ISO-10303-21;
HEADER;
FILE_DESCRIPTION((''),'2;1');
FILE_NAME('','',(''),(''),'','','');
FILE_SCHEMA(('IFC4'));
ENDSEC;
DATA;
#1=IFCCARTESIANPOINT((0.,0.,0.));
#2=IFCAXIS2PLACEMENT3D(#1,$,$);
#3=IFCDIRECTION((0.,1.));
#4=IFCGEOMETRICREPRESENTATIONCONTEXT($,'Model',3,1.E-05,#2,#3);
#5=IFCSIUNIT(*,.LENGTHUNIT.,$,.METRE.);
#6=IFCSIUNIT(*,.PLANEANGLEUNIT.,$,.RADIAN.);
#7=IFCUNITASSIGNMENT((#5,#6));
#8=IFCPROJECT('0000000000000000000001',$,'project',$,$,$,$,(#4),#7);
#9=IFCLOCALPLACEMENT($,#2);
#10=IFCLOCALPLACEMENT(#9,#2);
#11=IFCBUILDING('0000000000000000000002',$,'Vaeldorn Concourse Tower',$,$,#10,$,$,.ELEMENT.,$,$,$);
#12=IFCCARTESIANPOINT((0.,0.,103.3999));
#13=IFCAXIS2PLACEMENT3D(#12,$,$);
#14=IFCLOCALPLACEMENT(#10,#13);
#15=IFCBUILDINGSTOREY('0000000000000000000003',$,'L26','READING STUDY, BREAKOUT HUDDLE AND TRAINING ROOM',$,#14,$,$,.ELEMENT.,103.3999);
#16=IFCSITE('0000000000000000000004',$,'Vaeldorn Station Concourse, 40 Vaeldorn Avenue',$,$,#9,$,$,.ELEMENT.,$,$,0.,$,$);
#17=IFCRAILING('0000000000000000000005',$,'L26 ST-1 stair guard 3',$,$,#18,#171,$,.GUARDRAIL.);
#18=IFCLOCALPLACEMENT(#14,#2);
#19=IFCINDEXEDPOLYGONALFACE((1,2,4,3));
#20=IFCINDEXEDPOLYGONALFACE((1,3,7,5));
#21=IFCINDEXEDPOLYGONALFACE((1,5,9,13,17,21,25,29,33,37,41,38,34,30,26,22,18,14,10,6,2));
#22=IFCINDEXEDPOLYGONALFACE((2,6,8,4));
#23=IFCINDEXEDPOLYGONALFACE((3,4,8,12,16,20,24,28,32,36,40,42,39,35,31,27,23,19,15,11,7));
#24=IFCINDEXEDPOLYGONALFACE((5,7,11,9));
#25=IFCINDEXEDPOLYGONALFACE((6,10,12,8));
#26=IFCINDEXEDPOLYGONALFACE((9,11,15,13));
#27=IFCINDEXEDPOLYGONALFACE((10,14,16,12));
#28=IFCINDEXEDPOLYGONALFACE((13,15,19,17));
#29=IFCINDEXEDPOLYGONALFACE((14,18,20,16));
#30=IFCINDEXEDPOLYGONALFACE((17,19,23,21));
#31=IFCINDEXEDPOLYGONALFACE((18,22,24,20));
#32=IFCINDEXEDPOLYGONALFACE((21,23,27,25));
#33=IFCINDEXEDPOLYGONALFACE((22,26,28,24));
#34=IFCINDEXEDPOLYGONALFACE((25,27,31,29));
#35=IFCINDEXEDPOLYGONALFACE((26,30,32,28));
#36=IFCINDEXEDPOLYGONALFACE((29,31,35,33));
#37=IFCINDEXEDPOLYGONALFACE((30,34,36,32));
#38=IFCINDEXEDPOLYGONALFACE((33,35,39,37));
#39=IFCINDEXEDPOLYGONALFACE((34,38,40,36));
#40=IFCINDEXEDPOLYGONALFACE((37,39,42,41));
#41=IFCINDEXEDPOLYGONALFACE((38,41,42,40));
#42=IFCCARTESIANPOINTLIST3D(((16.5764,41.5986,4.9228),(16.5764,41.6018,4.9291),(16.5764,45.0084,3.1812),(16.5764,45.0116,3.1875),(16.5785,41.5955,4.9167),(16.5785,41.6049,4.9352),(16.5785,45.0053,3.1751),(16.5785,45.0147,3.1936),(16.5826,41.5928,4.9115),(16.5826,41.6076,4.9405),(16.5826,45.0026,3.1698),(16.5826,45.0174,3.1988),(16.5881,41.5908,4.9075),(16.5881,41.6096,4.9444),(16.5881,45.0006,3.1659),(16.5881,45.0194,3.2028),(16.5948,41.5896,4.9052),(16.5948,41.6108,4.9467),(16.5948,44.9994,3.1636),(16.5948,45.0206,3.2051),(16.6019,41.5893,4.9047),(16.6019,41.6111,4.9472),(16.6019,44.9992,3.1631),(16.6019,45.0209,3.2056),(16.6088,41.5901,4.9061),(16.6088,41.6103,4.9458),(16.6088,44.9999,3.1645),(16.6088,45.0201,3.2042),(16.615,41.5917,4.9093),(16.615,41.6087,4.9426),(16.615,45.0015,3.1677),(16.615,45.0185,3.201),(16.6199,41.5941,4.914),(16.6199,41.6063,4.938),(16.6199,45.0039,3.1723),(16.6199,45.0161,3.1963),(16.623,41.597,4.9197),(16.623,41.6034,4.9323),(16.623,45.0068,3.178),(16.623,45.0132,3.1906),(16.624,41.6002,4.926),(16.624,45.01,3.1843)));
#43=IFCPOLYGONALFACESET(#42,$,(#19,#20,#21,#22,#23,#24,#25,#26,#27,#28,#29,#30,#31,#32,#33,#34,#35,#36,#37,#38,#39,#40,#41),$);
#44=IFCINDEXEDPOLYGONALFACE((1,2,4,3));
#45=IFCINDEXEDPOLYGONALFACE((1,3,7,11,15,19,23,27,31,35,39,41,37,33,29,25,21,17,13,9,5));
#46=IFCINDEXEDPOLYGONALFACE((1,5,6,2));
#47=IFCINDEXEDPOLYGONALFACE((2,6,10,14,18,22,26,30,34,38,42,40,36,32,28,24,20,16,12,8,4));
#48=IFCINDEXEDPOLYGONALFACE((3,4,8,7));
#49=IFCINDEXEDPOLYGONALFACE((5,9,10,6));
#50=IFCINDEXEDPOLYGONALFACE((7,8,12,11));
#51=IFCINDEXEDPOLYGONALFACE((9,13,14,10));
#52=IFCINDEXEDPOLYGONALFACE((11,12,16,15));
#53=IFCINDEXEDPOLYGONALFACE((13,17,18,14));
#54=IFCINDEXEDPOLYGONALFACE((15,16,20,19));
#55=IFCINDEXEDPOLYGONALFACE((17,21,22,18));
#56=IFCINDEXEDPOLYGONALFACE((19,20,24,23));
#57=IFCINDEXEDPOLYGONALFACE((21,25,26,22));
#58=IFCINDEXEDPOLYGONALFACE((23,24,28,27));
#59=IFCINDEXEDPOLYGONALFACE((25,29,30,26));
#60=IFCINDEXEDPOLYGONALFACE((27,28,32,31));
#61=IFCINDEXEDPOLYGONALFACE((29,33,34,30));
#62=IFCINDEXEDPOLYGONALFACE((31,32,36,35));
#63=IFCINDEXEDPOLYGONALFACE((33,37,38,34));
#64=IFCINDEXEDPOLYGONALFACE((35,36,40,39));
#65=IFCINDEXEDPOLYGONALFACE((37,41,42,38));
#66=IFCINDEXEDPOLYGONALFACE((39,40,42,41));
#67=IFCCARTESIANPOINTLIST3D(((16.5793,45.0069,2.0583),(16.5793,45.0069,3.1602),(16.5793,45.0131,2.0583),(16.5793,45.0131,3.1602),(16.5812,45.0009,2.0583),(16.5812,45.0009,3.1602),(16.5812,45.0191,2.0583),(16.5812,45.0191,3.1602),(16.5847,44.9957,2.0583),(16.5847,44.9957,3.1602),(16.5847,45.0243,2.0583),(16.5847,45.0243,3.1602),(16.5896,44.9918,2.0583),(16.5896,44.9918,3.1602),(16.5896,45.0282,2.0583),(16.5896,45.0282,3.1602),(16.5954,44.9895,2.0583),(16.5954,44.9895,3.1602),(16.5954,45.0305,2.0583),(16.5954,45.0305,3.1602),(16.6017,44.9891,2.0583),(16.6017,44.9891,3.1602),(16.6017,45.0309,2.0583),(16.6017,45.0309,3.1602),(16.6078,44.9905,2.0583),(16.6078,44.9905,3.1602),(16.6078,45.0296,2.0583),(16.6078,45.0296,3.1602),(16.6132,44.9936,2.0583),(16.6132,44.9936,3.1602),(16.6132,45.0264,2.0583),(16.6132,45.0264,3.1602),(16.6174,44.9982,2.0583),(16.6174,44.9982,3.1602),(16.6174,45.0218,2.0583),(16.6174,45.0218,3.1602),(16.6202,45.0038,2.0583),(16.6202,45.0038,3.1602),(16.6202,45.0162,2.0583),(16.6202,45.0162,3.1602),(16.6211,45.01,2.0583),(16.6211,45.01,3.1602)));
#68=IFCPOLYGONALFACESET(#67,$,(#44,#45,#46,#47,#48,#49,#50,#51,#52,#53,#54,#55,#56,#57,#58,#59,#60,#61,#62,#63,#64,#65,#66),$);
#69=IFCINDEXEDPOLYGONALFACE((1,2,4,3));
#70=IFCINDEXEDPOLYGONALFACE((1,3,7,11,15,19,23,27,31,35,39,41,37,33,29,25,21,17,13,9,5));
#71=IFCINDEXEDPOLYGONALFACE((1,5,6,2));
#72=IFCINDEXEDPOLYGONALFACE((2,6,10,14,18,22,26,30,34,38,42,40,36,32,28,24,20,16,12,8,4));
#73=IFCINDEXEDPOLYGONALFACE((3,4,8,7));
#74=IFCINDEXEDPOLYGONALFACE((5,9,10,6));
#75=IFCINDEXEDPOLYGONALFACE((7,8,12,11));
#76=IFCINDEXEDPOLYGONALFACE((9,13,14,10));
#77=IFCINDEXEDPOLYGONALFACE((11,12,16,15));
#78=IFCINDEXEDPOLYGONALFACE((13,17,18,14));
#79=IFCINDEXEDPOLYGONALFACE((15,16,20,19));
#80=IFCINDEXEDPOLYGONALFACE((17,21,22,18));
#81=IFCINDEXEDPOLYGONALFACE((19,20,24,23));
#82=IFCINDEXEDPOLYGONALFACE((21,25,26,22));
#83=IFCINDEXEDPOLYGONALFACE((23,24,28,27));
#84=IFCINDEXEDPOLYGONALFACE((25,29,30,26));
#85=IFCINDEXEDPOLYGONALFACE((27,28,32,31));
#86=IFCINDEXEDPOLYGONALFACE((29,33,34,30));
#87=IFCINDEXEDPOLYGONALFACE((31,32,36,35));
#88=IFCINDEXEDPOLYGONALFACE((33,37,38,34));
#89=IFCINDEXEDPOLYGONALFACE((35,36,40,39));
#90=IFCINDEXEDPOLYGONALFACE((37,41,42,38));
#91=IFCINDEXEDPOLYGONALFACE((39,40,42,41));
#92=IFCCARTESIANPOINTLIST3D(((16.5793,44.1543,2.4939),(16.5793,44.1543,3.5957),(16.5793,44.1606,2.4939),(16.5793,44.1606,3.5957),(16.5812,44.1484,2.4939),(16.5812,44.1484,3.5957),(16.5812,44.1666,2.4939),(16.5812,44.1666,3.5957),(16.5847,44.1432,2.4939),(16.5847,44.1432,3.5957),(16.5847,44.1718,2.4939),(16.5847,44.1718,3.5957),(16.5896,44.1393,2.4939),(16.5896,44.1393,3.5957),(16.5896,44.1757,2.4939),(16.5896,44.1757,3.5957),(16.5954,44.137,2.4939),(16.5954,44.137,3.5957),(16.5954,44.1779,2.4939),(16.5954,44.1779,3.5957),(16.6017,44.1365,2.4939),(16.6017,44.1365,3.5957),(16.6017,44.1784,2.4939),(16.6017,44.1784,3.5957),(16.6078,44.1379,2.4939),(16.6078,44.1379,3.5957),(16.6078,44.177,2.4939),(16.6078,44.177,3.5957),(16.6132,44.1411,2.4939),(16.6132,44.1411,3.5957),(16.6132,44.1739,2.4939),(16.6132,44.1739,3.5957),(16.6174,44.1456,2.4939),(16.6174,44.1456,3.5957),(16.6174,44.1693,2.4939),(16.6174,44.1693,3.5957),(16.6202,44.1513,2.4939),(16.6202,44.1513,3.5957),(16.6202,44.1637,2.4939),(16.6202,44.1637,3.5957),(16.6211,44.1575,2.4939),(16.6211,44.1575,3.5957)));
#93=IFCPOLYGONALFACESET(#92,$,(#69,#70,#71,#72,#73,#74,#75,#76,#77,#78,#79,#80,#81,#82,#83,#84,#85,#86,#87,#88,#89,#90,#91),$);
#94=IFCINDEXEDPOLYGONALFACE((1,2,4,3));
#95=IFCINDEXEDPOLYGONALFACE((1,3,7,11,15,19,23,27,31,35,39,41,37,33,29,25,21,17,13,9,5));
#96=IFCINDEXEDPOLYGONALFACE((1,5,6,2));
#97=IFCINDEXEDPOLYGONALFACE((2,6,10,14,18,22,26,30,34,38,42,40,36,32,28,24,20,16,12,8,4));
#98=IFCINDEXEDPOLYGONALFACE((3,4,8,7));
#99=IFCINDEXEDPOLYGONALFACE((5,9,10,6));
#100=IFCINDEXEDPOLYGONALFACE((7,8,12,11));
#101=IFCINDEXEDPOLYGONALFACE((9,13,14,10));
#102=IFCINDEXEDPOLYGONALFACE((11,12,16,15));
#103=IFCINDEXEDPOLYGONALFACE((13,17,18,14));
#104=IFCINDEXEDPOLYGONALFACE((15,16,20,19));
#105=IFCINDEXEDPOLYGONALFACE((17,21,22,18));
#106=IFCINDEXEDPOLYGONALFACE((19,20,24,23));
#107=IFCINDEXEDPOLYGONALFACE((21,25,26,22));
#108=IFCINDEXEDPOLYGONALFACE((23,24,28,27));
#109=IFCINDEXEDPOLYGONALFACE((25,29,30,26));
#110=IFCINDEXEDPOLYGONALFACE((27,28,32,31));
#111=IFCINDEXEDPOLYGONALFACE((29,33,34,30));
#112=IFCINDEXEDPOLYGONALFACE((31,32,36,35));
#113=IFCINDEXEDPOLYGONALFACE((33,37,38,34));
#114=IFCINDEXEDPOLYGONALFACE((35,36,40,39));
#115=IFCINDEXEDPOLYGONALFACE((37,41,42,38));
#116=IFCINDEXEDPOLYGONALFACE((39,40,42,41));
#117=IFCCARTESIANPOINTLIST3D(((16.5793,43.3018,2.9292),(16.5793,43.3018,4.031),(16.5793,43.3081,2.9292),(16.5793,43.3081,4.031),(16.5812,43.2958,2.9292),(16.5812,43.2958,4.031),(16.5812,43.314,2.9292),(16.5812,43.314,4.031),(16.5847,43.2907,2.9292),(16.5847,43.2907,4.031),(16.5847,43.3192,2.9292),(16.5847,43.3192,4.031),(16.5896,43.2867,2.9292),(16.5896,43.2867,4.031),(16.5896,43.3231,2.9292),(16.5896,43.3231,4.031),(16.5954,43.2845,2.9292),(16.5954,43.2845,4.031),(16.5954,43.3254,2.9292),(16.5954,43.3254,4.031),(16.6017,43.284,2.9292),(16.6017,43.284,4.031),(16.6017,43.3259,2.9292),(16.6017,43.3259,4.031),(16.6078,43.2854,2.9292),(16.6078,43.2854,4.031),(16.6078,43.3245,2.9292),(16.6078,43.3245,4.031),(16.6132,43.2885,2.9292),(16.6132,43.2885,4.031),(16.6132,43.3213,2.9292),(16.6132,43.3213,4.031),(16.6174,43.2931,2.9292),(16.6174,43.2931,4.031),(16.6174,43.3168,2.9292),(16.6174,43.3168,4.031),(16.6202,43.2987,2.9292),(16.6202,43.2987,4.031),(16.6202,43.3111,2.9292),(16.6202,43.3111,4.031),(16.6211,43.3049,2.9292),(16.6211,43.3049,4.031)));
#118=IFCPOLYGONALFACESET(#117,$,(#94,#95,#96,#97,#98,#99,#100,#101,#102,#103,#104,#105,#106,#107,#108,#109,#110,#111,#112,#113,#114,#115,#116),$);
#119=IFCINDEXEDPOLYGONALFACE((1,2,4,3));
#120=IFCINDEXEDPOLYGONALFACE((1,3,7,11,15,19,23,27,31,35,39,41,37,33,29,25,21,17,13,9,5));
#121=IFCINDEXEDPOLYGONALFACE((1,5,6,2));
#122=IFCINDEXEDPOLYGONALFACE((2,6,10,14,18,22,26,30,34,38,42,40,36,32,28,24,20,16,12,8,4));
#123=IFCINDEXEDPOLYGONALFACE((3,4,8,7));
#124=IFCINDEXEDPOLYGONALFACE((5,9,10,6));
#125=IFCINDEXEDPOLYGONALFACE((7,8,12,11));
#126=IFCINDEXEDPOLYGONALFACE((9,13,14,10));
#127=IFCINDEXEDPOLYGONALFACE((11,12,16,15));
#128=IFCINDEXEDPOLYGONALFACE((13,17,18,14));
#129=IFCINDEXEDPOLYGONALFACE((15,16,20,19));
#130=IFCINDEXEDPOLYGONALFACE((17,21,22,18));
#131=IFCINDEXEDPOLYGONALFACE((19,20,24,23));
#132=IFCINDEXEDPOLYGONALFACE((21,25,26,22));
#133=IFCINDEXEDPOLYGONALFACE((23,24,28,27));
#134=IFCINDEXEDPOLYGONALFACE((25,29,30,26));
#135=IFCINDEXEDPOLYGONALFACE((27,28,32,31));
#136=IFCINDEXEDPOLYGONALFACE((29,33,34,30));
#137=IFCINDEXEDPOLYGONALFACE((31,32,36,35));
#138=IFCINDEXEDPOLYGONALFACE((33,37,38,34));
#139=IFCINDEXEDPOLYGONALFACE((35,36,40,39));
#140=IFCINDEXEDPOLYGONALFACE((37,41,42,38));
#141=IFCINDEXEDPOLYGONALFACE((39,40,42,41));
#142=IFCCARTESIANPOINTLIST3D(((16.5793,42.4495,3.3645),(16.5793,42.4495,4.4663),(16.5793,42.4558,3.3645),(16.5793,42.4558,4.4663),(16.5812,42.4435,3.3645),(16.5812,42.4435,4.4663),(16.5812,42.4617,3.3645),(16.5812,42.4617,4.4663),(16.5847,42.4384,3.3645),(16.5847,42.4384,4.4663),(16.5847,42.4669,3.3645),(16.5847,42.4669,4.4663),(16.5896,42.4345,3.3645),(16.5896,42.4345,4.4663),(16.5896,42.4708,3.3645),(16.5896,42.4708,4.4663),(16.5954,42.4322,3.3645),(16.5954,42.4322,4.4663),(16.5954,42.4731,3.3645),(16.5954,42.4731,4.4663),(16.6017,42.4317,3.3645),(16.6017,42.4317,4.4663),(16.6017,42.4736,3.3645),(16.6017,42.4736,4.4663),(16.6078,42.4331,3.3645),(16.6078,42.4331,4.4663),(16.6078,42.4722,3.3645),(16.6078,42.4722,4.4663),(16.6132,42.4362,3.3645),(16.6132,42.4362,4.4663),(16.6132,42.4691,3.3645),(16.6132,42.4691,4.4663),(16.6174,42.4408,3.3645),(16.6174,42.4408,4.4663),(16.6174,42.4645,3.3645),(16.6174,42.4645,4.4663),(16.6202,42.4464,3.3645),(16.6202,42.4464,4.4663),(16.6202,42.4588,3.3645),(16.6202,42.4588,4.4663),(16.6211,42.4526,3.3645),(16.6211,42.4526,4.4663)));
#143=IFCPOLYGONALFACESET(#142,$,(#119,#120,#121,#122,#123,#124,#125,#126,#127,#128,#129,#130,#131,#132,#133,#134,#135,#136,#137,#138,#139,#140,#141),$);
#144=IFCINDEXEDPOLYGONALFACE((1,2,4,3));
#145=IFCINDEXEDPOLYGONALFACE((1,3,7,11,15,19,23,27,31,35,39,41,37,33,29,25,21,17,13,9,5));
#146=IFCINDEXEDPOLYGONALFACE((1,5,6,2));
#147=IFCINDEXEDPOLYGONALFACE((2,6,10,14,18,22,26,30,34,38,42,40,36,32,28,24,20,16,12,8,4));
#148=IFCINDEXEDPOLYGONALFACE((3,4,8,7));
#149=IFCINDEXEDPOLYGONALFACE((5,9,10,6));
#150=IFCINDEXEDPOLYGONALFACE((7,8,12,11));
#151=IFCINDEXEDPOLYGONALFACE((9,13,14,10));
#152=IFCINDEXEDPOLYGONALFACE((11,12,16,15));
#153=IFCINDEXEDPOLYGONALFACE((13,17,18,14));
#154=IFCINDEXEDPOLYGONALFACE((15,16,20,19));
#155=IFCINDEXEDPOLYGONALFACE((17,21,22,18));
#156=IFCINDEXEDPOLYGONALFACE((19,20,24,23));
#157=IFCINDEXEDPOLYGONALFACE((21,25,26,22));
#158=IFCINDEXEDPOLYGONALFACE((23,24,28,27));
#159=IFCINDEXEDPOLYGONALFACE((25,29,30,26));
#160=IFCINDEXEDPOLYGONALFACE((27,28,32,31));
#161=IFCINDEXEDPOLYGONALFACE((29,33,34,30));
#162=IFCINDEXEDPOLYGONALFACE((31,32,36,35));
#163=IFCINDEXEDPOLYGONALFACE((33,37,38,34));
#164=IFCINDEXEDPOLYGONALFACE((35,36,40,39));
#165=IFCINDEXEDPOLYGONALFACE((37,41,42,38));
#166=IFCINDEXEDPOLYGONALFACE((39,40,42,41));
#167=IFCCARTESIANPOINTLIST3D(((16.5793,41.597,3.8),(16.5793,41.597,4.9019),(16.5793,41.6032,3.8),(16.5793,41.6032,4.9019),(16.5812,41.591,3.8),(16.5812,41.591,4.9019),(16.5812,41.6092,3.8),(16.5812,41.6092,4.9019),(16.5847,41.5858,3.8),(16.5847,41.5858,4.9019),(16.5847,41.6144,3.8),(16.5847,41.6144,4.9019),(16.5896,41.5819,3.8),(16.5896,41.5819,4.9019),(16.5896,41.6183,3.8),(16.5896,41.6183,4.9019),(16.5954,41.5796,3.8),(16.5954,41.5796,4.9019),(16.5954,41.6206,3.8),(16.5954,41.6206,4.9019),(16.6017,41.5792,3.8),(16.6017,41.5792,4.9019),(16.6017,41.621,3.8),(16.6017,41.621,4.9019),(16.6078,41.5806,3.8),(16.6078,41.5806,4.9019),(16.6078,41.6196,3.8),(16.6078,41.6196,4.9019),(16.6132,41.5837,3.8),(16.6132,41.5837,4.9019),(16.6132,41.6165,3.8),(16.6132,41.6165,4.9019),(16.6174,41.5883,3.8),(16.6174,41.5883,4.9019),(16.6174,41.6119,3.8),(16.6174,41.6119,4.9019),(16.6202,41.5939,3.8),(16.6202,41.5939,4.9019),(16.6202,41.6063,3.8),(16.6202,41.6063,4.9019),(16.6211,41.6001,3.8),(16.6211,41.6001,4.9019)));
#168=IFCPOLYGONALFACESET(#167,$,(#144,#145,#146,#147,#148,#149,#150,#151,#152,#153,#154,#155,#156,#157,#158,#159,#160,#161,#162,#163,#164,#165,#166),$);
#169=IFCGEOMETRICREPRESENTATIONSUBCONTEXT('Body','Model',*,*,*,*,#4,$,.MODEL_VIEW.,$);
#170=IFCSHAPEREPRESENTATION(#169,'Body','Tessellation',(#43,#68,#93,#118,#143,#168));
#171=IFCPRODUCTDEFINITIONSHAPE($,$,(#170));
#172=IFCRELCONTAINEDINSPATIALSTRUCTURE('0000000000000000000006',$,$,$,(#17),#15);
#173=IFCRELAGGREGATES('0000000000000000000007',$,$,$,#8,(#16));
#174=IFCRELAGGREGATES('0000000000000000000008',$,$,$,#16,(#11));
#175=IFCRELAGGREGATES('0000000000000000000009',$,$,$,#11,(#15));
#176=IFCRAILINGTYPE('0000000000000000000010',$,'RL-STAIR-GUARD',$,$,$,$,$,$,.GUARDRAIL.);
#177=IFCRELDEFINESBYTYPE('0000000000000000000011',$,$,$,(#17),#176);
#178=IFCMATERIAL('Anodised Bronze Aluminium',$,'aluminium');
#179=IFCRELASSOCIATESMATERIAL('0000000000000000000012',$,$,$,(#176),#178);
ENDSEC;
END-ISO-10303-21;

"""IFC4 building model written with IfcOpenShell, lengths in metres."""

from ifc_helpers import new_model, si_unit, direction, frame, origin, origin_2d, place, context, subcontext, project, spatial, circle, extrude, material, type_object, element, save


model = new_model("IFC4")

# Units and contexts
model_context = context("Model", 3, precision=1e-05, world=origin(), true_north=direction((0.0, 1.0)))
body_context = subcontext(model_context, "Body", "Model", "MODEL_VIEW")
ifc_project = project(units=[si_unit("LENGTHUNIT", "METRE"), si_unit("PLANEANGLEUNIT", "RADIAN")], contexts=[model_context])

# Site, building, storey
site_placement = place(None, origin())
site = spatial("IfcSite", under=ifc_project, at=site_placement, Name="Vaeldorn Station Concourse, 40 Vaeldorn Avenue", CompositionType="ELEMENT", RefElevation=0.0)
building_placement = place(site_placement, origin())
building = spatial("IfcBuilding", under=site, at=building_placement, Name="Vaeldorn Concourse Tower", CompositionType="ELEMENT")
storey_placement = place(building_placement, frame((0.0, 0.0, 103.3999)))
storey = spatial("IfcBuildingStorey", under=building, at=storey_placement, Name="L26", Description="READING STUDY, BREAKOUT HUDDLE AND TRAINING ROOM", CompositionType="ELEMENT", Elevation=103.3999)

# Shared definitions
ifc_material_1 = material(Name="Anodised Bronze Aluminium", Category="aluminium")

# Railing
railing_type_1 = type_object("IfcRailingType", Name="RL-STAIR-GUARD", PredefinedType="GUARDRAIL", material=ifc_material_1)
railing_1_placement = place(storey_placement, frame((16.6001, 45.01, 2.0583)))
element("IfcRailing", 1, at=railing_1_placement, inside=storey, type_object=railing_type_1, Name="L26 ST-1 stair guard 3", PredefinedType="GUARDRAIL", context=body_context, shape_type="SweptSolid", body=[
    extrude(circle(Radius=0.0239, at=origin_2d()), frame((0.0, 0.0, 1.126), z_axis=(0.0, -0.890556, 0.454874), x_axis=(1.0, 0.0, 0.0)), (0.0, 0.0, 1.0), 3.8289),
    extrude(circle(Radius=0.021, at=origin_2d()), origin(), (0.0, 0.0, 1.0), 1.1018),
    extrude(circle(Radius=0.021, at=origin_2d()), frame((0.0, -0.8525, 0.4355)), (0.0, 0.0, 1.0), 1.1018),
    extrude(circle(Radius=0.021, at=origin_2d()), frame((0.0, -1.7051, 0.8708)), (0.0, 0.0, 1.0), 1.1018),
    extrude(circle(Radius=0.021, at=origin_2d()), frame((0.0, -2.5574, 1.3062)), (0.0, 0.0, 1.0), 1.1018),
    extrude(circle(Radius=0.021, at=origin_2d()), frame((0.0, -3.4099, 1.7417)), (0.0, 0.0, 1.0), 1.1018),
])

save(model, "model.ifc")
